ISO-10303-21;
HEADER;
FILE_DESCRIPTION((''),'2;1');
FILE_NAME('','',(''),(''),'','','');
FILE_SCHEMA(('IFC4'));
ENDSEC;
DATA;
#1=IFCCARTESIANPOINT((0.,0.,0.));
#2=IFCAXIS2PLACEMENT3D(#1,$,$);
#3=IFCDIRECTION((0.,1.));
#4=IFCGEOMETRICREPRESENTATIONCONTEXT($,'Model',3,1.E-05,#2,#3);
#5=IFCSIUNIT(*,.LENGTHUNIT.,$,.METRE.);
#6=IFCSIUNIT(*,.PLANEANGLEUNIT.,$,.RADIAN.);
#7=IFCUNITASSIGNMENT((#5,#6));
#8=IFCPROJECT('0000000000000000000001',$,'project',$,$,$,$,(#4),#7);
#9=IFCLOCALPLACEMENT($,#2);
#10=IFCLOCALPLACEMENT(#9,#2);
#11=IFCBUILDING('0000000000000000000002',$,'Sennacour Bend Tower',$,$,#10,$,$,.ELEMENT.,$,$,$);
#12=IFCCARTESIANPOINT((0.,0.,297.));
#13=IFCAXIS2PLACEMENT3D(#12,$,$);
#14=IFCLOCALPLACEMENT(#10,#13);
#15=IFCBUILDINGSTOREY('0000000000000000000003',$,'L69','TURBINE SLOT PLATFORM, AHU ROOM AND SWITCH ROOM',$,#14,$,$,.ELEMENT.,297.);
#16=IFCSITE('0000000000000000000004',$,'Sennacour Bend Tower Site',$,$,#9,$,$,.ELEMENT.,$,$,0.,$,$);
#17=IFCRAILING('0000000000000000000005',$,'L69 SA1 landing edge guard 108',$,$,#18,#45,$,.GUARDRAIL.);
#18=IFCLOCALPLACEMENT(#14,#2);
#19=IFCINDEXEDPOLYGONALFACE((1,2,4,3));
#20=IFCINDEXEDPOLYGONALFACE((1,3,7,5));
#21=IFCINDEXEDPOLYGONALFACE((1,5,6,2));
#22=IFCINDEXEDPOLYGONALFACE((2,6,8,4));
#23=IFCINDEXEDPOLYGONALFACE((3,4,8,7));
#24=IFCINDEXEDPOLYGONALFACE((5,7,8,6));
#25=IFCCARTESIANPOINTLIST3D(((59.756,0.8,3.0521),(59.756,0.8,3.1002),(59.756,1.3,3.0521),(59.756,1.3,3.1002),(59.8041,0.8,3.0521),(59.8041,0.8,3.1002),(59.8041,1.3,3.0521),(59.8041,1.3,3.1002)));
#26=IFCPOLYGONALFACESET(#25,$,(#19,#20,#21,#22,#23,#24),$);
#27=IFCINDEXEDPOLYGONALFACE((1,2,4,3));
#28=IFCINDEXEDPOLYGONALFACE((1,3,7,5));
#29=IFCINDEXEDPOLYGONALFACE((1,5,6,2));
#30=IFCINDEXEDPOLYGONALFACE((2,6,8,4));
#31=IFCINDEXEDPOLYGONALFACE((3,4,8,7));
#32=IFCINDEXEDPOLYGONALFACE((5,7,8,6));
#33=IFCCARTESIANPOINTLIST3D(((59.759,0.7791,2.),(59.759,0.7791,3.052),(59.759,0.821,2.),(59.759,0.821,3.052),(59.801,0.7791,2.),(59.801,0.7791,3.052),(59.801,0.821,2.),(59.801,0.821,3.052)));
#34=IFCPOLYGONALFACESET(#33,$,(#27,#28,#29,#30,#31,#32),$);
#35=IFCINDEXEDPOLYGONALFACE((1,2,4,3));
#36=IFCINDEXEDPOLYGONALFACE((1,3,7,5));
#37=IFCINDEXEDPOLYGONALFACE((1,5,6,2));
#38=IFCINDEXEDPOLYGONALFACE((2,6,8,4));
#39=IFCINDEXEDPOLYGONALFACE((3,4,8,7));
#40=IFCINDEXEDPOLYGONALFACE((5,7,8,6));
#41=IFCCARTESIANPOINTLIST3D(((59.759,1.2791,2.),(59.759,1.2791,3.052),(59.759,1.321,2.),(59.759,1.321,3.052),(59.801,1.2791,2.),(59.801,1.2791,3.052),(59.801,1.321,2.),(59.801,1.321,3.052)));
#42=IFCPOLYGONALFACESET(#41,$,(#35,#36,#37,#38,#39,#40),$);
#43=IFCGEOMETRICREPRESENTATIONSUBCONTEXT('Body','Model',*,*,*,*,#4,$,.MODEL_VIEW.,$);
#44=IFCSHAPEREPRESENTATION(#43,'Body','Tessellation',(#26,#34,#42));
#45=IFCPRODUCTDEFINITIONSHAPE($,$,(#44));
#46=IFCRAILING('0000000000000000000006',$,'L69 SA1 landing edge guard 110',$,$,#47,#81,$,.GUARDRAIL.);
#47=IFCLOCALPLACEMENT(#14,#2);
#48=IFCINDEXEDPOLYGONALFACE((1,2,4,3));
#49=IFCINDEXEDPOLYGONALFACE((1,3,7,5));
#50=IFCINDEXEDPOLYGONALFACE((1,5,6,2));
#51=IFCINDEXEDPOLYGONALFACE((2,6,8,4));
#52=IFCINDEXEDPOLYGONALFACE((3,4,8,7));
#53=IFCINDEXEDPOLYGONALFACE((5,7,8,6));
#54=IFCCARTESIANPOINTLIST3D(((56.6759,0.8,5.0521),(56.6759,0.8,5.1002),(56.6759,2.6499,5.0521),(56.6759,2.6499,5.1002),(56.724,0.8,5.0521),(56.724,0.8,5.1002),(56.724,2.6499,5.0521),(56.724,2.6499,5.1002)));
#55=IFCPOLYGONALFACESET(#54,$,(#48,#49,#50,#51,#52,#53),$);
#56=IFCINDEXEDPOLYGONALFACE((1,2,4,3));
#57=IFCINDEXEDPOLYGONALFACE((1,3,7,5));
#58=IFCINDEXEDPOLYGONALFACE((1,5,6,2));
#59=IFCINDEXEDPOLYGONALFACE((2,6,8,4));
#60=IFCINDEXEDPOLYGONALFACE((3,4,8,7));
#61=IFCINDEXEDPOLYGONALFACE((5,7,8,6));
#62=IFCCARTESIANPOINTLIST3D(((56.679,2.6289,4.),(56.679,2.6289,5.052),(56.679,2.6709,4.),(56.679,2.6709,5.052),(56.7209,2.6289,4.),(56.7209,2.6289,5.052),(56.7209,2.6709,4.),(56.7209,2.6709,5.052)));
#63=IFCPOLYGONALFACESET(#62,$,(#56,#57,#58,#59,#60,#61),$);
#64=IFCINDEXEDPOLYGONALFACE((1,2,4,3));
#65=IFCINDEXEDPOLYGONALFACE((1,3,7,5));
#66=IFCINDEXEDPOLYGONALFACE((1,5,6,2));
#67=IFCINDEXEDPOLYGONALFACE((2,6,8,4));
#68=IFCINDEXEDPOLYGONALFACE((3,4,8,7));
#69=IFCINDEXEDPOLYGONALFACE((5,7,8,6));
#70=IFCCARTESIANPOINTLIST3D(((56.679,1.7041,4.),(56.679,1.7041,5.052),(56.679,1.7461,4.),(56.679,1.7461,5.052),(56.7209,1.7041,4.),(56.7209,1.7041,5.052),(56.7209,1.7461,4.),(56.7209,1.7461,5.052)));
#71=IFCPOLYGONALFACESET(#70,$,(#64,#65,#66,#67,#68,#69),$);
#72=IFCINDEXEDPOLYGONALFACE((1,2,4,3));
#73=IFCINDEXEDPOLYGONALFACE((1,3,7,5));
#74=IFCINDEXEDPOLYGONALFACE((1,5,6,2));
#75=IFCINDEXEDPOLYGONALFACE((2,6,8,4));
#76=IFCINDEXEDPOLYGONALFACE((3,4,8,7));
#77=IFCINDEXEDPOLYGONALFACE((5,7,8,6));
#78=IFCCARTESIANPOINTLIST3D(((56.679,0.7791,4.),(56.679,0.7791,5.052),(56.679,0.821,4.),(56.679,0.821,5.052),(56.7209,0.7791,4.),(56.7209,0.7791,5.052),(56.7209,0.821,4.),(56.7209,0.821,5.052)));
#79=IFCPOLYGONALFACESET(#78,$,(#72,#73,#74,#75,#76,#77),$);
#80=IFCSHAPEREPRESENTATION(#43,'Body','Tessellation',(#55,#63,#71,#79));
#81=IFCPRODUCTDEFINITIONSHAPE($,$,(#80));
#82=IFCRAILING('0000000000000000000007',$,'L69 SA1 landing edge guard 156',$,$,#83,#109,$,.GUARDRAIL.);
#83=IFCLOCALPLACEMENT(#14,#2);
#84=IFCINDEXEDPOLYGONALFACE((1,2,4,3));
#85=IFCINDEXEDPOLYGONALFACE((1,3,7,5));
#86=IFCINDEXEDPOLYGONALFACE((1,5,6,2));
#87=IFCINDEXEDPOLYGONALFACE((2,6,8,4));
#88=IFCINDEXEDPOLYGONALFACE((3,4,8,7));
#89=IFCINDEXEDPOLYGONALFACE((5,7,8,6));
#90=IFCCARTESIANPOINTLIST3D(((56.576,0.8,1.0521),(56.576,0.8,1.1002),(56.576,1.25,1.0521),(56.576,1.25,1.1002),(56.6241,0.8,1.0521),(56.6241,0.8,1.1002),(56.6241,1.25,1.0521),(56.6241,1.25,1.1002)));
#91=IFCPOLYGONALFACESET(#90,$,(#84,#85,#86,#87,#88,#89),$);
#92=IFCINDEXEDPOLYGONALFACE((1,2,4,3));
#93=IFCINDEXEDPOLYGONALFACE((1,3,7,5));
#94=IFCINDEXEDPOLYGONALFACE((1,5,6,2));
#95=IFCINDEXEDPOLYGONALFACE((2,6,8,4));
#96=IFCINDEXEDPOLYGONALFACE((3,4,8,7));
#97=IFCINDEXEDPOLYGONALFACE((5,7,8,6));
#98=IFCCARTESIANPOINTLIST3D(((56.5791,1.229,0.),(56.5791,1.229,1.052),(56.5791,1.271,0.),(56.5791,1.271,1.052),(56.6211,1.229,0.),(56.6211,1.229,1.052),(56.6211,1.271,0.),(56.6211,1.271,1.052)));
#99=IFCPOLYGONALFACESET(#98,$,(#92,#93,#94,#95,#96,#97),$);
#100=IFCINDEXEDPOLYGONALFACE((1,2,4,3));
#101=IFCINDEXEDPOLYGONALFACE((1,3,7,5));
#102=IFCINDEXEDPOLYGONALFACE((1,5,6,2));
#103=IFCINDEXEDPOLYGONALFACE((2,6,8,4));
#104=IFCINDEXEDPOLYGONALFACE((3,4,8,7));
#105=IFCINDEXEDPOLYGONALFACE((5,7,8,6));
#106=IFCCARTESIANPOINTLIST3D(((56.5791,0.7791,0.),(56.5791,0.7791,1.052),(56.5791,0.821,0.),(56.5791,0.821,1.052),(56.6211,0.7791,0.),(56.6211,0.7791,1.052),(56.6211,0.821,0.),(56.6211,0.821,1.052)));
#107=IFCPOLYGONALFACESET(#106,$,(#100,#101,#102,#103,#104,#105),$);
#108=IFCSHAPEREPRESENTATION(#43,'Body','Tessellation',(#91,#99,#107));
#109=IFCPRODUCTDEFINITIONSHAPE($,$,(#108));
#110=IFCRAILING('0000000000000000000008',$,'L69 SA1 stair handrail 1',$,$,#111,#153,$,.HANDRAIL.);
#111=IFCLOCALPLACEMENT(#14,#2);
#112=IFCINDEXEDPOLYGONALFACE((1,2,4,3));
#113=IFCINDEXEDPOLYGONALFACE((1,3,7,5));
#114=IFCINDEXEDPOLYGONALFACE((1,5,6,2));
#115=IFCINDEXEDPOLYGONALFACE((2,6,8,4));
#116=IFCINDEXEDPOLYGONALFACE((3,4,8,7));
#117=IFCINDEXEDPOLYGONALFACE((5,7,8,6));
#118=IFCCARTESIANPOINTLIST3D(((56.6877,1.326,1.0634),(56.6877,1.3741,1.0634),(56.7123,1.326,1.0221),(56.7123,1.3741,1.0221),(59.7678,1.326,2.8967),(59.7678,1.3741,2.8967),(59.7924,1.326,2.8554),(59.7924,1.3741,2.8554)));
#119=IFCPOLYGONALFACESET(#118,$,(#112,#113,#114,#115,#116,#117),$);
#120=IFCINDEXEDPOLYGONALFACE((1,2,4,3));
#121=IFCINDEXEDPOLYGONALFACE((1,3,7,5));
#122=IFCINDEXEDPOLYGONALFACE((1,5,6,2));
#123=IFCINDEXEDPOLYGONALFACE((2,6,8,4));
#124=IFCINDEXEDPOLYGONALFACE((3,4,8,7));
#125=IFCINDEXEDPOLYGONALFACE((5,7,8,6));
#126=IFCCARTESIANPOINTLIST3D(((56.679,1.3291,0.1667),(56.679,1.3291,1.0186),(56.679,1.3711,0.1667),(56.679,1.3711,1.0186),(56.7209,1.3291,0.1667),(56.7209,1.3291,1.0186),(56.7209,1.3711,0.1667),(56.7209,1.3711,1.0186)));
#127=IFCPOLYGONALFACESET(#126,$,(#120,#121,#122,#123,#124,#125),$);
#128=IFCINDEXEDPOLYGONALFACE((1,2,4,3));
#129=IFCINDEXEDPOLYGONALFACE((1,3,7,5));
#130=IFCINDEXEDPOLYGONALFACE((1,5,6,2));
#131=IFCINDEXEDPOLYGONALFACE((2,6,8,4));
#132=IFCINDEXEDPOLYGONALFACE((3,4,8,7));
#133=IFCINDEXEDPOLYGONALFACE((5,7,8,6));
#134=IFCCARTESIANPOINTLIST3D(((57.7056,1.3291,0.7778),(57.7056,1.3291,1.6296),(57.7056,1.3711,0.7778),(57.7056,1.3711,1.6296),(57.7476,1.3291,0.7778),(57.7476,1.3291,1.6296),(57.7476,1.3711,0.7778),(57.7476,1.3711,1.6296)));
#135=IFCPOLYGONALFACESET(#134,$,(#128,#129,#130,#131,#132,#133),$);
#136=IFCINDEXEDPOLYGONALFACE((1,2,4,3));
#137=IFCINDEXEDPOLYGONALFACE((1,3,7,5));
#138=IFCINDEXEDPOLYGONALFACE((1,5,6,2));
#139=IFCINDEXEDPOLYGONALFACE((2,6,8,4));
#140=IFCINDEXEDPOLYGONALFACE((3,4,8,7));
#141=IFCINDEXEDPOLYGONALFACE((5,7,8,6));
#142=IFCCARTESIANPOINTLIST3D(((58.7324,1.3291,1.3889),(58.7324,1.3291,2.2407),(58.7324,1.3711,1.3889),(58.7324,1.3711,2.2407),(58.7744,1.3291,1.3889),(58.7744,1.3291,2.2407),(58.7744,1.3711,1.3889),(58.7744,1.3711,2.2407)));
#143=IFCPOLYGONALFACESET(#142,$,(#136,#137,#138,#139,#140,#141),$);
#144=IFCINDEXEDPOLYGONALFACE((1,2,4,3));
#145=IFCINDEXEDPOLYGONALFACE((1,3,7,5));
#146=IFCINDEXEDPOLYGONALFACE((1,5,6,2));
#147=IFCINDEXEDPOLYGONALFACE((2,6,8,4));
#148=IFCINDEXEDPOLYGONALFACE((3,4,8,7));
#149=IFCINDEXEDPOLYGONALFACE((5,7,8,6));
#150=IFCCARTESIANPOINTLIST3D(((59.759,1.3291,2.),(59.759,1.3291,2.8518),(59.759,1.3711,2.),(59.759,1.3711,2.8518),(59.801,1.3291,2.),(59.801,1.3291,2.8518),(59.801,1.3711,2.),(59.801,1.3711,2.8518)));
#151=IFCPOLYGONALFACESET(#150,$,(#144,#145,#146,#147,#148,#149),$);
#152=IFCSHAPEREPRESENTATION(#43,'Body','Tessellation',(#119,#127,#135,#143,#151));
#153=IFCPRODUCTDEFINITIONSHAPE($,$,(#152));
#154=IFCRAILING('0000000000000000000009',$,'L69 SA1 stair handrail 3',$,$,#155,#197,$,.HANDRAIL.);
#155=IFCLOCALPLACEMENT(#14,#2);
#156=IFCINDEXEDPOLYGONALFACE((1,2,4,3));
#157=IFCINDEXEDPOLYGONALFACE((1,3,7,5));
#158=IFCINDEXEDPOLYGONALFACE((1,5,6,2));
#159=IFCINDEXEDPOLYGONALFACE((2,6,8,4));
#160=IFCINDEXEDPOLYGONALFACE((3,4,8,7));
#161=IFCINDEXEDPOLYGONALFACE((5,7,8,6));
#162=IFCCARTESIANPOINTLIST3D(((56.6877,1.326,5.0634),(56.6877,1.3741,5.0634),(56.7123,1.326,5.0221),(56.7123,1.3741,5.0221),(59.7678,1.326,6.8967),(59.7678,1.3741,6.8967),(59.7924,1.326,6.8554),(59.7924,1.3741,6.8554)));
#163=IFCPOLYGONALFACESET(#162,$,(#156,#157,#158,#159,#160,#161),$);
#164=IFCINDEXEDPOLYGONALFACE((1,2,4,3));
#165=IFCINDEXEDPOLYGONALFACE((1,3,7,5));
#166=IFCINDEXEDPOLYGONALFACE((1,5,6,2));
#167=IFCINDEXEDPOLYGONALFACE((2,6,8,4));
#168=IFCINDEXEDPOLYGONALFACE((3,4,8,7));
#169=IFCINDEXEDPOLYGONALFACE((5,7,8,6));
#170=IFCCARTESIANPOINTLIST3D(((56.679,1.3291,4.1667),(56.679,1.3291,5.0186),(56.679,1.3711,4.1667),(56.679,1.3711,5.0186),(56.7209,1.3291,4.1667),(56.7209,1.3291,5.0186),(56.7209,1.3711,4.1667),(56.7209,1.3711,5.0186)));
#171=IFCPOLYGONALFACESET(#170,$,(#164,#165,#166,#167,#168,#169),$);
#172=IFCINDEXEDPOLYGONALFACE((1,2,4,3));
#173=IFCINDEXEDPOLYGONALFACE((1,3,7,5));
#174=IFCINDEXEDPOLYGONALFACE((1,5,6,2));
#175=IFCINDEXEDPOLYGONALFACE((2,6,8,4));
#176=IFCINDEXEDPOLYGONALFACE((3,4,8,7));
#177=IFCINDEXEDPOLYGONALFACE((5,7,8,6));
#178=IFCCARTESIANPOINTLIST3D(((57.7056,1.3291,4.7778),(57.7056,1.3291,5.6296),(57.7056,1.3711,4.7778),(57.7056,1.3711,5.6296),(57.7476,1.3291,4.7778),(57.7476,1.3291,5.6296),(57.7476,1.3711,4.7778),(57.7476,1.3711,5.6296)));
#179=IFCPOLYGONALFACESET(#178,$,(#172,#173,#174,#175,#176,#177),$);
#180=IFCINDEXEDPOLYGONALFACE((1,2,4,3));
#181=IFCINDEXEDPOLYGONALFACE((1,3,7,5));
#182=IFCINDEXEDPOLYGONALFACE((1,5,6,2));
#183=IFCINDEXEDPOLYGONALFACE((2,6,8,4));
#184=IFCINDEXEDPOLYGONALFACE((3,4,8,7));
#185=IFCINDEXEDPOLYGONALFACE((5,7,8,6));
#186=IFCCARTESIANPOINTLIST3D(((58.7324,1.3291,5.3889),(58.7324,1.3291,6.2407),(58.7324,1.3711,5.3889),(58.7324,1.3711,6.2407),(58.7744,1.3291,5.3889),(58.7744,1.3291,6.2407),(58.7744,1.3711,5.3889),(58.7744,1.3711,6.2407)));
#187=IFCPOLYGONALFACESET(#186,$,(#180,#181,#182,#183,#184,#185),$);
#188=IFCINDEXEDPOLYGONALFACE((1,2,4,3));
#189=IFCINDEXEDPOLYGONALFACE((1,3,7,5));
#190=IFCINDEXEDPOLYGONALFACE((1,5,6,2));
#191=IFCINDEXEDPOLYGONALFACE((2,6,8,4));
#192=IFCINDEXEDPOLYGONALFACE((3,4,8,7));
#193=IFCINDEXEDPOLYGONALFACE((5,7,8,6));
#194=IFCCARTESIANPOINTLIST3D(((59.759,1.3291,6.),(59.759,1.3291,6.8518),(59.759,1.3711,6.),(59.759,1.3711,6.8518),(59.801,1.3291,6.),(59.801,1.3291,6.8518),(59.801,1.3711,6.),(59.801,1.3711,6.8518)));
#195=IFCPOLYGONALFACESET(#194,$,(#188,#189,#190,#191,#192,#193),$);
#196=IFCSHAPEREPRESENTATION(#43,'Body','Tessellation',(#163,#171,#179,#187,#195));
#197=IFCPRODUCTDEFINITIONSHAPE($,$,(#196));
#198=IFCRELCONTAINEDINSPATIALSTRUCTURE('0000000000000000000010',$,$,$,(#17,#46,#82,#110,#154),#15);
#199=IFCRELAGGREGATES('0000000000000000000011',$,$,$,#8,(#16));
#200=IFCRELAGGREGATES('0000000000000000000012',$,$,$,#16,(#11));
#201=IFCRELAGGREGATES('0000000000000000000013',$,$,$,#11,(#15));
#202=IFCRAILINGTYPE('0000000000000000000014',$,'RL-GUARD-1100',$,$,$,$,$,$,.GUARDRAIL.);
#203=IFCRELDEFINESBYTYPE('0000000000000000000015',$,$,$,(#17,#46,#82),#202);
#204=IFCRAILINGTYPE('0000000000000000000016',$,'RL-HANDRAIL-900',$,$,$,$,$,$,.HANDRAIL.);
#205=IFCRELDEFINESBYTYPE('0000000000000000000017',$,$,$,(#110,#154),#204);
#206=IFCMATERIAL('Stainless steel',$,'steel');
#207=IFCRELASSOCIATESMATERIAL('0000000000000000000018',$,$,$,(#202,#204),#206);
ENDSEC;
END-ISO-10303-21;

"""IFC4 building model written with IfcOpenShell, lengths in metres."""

from ifc_helpers import new_model, si_unit, direction, frame, origin, origin_2d, place, context, subcontext, project, spatial, rectangle, extrude, material, type_object, element, save


model = new_model("IFC4")

# Units and contexts
model_context = context("Model", 3, precision=1e-05, world=origin(), true_north=direction((0.0, 1.0)))
body_context = subcontext(model_context, "Body", "Model", "MODEL_VIEW")
ifc_project = project(units=[si_unit("LENGTHUNIT", "METRE"), si_unit("PLANEANGLEUNIT", "RADIAN")], contexts=[model_context])

# Site, building, storey
site_placement = place(None, origin())
site = spatial("IfcSite", under=ifc_project, at=site_placement, Name="Sennacour Bend Tower Site", CompositionType="ELEMENT", RefElevation=0.0)
building_placement = place(site_placement, origin())
building = spatial("IfcBuilding", under=site, at=building_placement, Name="Sennacour Bend Tower", CompositionType="ELEMENT")
storey_placement = place(building_placement, frame((0.0, 0.0, 297.0)))
storey = spatial("IfcBuildingStorey", under=building, at=storey_placement, Name="L69", Description="TURBINE SLOT PLATFORM, AHU ROOM AND SWITCH ROOM", CompositionType="ELEMENT", Elevation=297.0)

# Shared definitions
ifc_material_1 = material(Name="Stainless steel", Category="steel")

# Railings
railing_type_1 = type_object("IfcRailingType", Name="RL-GUARD-1100", PredefinedType="GUARDRAIL", material=ifc_material_1)
railing_1_placement = place(storey_placement, frame((59.78, 0.8, 2.0)))
element("IfcRailing", 1, at=railing_1_placement, inside=storey, type_object=railing_type_1, Name="L69 SA1 landing edge guard 108", PredefinedType="GUARDRAIL", context=body_context, shape_type="SweptSolid", body=[
    extrude(rectangle(XDim=0.0481, YDim=0.0481, at=origin_2d()), frame((0.0, 0.0, 1.0762), z_axis=(0.0, 1.0, 0.0), x_axis=(-1.0, 0.0, 0.0)), (0.0, 0.0, 1.0), 0.5),
    extrude(rectangle(XDim=0.042, YDim=0.042, at=origin_2d()), origin(), (0.0, 0.0, 1.0), 1.052),
    extrude(rectangle(XDim=0.042, YDim=0.042, at=origin_2d()), frame((0.0, 0.5, 0.0)), (0.0, 0.0, 1.0), 1.052),
])
railing_2_placement = place(storey_placement, frame((56.7, 2.6499, 4.0)))
element("IfcRailing", 2, at=railing_2_placement, inside=storey, type_object=railing_type_1, Name="L69 SA1 landing edge guard 110", PredefinedType="GUARDRAIL", context=body_context, shape_type="SweptSolid", body=[
    extrude(rectangle(XDim=0.0481, YDim=0.0481, at=origin_2d()), frame((0.0, 0.0, 1.0762), z_axis=(0.0, -1.0, 0.0), x_axis=(1.0, 0.0, 0.0)), (0.0, 0.0, 1.0), 1.8499),
    extrude(rectangle(XDim=0.042, YDim=0.042, at=origin_2d()), origin(), (0.0, 0.0, 1.0), 1.052),
    extrude(rectangle(XDim=0.042, YDim=0.042, at=origin_2d()), frame((0.0, -0.9248, 0.0)), (0.0, 0.0, 1.0), 1.052),
    extrude(rectangle(XDim=0.042, YDim=0.042, at=origin_2d()), frame((0.0, -1.8499, 0.0)), (0.0, 0.0, 1.0), 1.052),
])
railing_3_placement = place(storey_placement, frame((56.6001, 1.25, 0.0)))
element("IfcRailing", 3, at=railing_3_placement, inside=storey, type_object=railing_type_1, Name="L69 SA1 landing edge guard 156", PredefinedType="GUARDRAIL", context=body_context, shape_type="SweptSolid", body=[
    extrude(rectangle(XDim=0.0481, YDim=0.0481, at=origin_2d()), frame((0.0, 0.0, 1.0762), z_axis=(0.0, -1.0, 0.0), x_axis=(1.0, 0.0, 0.0)), (0.0, 0.0, 1.0), 0.45),
    extrude(rectangle(XDim=0.042, YDim=0.042, at=origin_2d()), origin(), (0.0, 0.0, 1.0), 1.052),
    extrude(rectangle(XDim=0.042, YDim=0.042, at=origin_2d()), frame((0.0, -0.45, 0.0)), (0.0, 0.0, 1.0), 1.052),
])
railing_type_2 = type_object("IfcRailingType", Name="RL-HANDRAIL-900", PredefinedType="HANDRAIL", material=ifc_material_1)
for number, where, name in (
    (4, (56.7, 1.3501, 0.1667), "L69 SA1 stair handrail 1"),
    (5, (56.7, 1.3501, 4.1667), "L69 SA1 stair handrail 3"),
):
    element("IfcRailing", number, at=place(storey_placement, frame(where)), inside=storey, type_object=railing_type_2, Name=name, PredefinedType="HANDRAIL", context=body_context, shape_type="SweptSolid", body=[
        extrude(rectangle(XDim=0.0481, YDim=0.0481, at=origin_2d()), frame((0.0, 0.0, 0.876), z_axis=(0.859309, 0.0, 0.511458), x_axis=(0.0, 1.0, 0.0)), (0.0, 0.0, 1.0), 3.5845),
        extrude(rectangle(XDim=0.042, YDim=0.042, at=origin_2d()), origin(), (0.0, 0.0, 1.0), 0.8518),
        extrude(rectangle(XDim=0.042, YDim=0.042, at=origin_2d()), frame((1.0266, 0.0, 0.6111)), (0.0, 0.0, 1.0), 0.8518),
        extrude(rectangle(XDim=0.042, YDim=0.042, at=origin_2d()), frame((2.0535, 0.0, 1.2222)), (0.0, 0.0, 1.0), 0.8518),
        extrude(rectangle(XDim=0.042, YDim=0.042, at=origin_2d()), frame((3.0801, 0.0, 1.8333)), (0.0, 0.0, 1.0), 0.8518),
    ])

save(model, "model.ifc")
